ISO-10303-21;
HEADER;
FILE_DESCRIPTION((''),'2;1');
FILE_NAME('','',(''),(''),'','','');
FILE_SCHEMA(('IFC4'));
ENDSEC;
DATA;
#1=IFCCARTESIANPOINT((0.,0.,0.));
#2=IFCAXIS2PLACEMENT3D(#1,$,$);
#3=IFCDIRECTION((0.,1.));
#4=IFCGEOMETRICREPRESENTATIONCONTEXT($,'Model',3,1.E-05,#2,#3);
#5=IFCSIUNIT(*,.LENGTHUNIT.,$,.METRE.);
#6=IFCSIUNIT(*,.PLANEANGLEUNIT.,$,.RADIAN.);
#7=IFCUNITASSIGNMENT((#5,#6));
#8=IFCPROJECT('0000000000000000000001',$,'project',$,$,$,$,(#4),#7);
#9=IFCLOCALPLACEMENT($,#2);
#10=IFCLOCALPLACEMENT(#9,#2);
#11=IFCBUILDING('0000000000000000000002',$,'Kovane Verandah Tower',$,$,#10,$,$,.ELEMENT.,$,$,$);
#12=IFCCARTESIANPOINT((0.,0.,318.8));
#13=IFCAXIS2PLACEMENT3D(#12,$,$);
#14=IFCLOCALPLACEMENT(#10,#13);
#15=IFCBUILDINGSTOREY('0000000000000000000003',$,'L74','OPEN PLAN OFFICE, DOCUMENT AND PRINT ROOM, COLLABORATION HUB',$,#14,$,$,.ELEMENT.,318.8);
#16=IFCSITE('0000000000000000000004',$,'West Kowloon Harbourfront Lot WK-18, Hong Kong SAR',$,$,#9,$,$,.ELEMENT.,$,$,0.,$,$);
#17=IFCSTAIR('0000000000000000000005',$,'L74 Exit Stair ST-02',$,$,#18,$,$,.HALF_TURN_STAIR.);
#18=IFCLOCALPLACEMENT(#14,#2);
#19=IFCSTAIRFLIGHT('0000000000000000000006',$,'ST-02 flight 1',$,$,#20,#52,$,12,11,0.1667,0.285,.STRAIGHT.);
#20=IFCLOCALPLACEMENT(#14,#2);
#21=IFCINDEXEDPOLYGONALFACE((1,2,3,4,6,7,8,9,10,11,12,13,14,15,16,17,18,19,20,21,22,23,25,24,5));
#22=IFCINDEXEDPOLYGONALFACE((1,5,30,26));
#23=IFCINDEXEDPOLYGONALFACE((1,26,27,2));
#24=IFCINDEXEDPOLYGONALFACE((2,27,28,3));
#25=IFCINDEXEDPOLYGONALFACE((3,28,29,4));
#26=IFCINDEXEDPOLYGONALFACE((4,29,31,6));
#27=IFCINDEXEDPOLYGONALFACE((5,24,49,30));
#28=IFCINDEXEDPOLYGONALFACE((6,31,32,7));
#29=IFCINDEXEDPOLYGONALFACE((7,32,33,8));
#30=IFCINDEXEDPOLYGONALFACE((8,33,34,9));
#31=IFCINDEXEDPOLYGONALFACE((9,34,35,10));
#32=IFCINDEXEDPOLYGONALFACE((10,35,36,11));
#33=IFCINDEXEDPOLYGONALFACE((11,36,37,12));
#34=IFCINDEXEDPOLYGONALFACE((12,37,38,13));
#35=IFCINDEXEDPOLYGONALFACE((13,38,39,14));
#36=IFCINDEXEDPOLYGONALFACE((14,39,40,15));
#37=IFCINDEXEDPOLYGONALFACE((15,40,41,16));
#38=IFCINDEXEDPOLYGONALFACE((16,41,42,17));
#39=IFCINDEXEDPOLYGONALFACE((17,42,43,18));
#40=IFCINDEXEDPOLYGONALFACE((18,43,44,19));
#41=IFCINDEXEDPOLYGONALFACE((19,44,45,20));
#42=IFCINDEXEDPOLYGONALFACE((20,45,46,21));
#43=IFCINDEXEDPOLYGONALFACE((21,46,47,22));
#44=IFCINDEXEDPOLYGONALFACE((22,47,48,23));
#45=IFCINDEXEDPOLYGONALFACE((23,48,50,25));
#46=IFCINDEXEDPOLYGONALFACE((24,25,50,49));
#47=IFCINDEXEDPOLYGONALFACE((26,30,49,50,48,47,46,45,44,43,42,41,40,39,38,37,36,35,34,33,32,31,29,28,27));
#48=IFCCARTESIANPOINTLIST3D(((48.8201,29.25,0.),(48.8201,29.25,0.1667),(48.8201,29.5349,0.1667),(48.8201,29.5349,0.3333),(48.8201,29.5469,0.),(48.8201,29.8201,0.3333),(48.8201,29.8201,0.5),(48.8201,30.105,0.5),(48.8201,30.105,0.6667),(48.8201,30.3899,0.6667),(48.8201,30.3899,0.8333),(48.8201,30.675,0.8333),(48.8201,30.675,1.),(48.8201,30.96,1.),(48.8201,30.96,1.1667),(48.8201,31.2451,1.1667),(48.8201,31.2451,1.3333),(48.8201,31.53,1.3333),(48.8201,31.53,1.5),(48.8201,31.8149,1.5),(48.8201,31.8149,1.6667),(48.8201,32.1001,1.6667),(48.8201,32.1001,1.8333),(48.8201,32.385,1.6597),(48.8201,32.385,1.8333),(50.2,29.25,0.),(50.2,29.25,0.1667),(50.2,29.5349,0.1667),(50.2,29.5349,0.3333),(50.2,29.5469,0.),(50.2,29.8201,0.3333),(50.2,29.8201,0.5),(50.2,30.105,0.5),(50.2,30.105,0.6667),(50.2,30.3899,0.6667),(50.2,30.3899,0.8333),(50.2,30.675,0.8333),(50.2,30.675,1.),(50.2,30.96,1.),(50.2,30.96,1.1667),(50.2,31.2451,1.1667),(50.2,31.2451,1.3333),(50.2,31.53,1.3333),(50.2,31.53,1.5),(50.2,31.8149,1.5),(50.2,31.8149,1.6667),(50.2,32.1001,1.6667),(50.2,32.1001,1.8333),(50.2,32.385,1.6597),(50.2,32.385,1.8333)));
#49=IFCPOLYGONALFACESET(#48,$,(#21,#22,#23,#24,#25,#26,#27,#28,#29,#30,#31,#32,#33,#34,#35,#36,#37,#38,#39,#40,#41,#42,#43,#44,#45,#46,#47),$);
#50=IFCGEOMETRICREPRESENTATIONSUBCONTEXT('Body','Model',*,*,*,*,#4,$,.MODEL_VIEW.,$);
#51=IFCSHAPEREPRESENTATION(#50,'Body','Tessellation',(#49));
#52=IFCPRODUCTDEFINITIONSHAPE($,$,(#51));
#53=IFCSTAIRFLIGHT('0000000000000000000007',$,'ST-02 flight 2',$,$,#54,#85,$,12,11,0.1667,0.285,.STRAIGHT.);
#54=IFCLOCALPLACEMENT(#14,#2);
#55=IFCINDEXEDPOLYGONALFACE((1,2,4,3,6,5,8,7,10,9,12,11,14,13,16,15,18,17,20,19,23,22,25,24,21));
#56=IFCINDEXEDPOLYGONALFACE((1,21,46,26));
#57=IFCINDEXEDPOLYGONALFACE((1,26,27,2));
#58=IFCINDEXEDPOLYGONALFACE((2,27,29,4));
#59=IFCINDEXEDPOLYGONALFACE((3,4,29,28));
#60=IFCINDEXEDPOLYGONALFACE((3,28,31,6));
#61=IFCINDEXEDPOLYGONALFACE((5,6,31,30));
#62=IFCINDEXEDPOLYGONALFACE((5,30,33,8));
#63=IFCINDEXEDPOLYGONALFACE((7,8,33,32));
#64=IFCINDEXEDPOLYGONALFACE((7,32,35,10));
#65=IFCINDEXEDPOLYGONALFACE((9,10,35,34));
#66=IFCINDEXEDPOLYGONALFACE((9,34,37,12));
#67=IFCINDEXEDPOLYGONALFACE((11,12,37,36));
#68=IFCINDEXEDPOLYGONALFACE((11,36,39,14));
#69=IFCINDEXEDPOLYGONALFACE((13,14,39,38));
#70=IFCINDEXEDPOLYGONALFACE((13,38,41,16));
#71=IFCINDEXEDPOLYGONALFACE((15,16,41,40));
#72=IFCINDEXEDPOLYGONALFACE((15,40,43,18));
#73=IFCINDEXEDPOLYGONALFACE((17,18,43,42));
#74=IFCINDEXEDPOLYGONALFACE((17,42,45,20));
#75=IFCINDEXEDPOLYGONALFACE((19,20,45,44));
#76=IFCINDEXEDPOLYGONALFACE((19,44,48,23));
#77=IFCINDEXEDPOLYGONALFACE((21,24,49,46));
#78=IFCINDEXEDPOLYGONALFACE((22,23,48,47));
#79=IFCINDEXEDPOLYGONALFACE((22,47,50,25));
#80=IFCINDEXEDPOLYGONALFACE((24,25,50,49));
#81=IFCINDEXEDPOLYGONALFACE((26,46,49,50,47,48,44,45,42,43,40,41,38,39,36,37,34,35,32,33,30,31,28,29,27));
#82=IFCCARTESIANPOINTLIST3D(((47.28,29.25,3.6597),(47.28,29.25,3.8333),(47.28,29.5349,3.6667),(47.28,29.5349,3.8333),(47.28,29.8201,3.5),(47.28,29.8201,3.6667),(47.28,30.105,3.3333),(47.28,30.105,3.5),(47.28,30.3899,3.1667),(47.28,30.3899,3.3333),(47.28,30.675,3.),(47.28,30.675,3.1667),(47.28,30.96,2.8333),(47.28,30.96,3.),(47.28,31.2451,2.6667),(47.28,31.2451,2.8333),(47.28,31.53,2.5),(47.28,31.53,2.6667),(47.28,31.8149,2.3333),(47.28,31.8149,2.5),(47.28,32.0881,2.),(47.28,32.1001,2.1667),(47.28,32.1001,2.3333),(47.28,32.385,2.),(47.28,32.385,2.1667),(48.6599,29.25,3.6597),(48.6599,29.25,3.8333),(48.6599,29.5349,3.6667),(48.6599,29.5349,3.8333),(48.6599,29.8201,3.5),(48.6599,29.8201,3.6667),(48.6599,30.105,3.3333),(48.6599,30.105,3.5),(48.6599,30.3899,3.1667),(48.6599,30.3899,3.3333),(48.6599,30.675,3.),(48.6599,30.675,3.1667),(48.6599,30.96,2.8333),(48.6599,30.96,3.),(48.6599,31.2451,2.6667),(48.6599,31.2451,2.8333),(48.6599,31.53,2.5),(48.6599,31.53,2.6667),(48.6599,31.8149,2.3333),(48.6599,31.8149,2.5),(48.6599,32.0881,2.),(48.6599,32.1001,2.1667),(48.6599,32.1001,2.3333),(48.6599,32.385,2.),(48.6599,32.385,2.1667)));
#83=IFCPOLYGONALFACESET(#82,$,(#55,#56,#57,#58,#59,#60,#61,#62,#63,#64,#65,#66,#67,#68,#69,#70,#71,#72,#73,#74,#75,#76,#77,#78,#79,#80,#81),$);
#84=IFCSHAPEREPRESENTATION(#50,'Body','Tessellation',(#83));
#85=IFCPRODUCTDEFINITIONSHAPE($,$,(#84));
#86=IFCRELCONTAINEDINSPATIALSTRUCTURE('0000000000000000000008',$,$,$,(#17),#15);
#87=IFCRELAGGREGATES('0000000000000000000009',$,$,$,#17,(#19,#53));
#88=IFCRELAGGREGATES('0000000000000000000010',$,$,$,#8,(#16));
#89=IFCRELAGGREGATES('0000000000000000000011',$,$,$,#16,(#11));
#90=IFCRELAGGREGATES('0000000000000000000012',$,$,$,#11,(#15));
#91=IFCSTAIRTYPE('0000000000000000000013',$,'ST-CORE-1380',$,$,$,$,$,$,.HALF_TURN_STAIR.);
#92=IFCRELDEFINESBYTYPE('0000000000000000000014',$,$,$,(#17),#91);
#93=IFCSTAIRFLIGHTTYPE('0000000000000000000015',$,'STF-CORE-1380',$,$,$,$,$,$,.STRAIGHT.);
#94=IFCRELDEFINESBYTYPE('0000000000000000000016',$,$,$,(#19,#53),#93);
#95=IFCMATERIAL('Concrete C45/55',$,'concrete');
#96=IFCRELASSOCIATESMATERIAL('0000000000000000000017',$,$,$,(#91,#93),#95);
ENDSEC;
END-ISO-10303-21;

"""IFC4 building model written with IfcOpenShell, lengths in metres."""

from ifc_helpers import new_model, si_unit, direction, frame, origin, place, context, subcontext, project, spatial, polyline, outline, extrude, material, type_object, element, aggregate, save


model = new_model("IFC4")

# Units and contexts
model_context = context("Model", 3, precision=1e-05, world=origin(), true_north=direction((0.0, 1.0)))
body_context = subcontext(model_context, "Body", "Model", "MODEL_VIEW")
ifc_project = project(units=[si_unit("LENGTHUNIT", "METRE"), si_unit("PLANEANGLEUNIT", "RADIAN")], contexts=[model_context])

# Site, building, storey
site_placement = place(None, origin())
site = spatial("IfcSite", under=ifc_project, at=site_placement, Name="West Kowloon Harbourfront Lot WK-18, Hong Kong SAR", CompositionType="ELEMENT", RefElevation=0.0)
building_placement = place(site_placement, origin())
building = spatial("IfcBuilding", under=site, at=building_placement, Name="Kovane Verandah Tower", CompositionType="ELEMENT")
storey_placement = place(building_placement, frame((0.0, 0.0, 318.8)))
storey = spatial("IfcBuildingStorey", under=building, at=storey_placement, Name="L74", Description="OPEN PLAN OFFICE, DOCUMENT AND PRINT ROOM, COLLABORATION HUB", CompositionType="ELEMENT", Elevation=318.8)

# Shared definitions
ifc_material_1 = material(Name="Concrete C45/55", Category="concrete")

# Stair, stair flights
stair_type = type_object("IfcStairType", Name="ST-CORE-1380", PredefinedType="HALF_TURN_STAIR", material=ifc_material_1)
stair_placement = place(storey_placement, origin())
stair = element("IfcStair", 1, at=stair_placement, inside=storey, type_object=stair_type, Name="L74 Exit Stair ST-02", PredefinedType="HALF_TURN_STAIR")
stair_flight_type = type_object("IfcStairFlightType", Name="STF-CORE-1380", PredefinedType="STRAIGHT", material=ifc_material_1)
stair_flight_1_placement = place(storey_placement, frame((49.51, 29.25, 0.0), z_axis=(0.0, 0.0, 1.0), x_axis=(0.0, 1.0, 0.0)))
stair_flight_1 = element("IfcStairFlight", 2, at=stair_flight_1_placement, type_object=stair_flight_type, Name="ST-02 flight 1", NumberOfRisers=12, NumberOfTreads=11, PredefinedType="STRAIGHT", RiserHeight=0.1667, TreadLength=0.285, context=body_context, shape_type="SweptSolid", body=[
    extrude(outline(polyline([(0.0, 0.0), (0.0, 0.1667), (0.2849, 0.1667), (0.2849, 0.3333), (0.5701, 0.3333), (0.5701, 0.5), (0.855, 0.5), (0.855, 0.6667), (1.1399, 0.6667), (1.1399, 0.8333), (1.425, 0.8333), (1.425, 1.0), (1.71, 1.0), (1.71, 1.1667), (1.9951, 1.1667), (1.9951, 1.3333), (2.28, 1.3333), (2.28, 1.5), (2.5649, 1.5), (2.5649, 1.6667), (2.8501, 1.6667), (2.8501, 1.8333), (3.135, 1.8333), (3.135, 2.0), (3.135, 1.6597), (0.2969, 0.0), (0.0, 0.0)])), frame((0.0, 0.6899, 0.0), z_axis=(0.0, -1.0, 0.0), x_axis=(1.0, 0.0, 0.0)), (0.0, 0.0, 1.0), 1.3799),
])
stair_flight_2_placement = place(storey_placement, frame((47.97, 32.385, 2.0), z_axis=(0.0, 0.0, 1.0), x_axis=(0.0, -1.0, 0.0)))
stair_flight_2 = element("IfcStairFlight", 3, at=stair_flight_2_placement, type_object=stair_flight_type, Name="ST-02 flight 2", NumberOfRisers=12, NumberOfTreads=11, PredefinedType="STRAIGHT", RiserHeight=0.1667, TreadLength=0.285, context=body_context, shape_type="SweptSolid", body=[
    extrude(outline(polyline([(0.0, 0.0), (0.0, 0.1667), (0.2849, 0.1667), (0.2849, 0.3333), (0.5701, 0.3333), (0.5701, 0.5), (0.855, 0.5), (0.855, 0.6667), (1.1399, 0.6667), (1.1399, 0.8333), (1.425, 0.8333), (1.425, 1.0), (1.71, 1.0), (1.71, 1.1667), (1.9951, 1.1667), (1.9951, 1.3333), (2.28, 1.3333), (2.28, 1.5), (2.5649, 1.5), (2.5649, 1.6667), (2.8501, 1.6667), (2.8501, 1.8333), (3.135, 1.8333), (3.135, 2.0), (3.135, 1.6597), (0.2969, 0.0), (0.0, 0.0)])), frame((0.0, 0.6899, 0.0), z_axis=(0.0, -1.0, 0.0), x_axis=(1.0, 0.0, 0.0)), (0.0, 0.0, 1.0), 1.3799),
])
aggregate(stair, [stair_flight_1, stair_flight_2])

save(model, "model.ifc")
